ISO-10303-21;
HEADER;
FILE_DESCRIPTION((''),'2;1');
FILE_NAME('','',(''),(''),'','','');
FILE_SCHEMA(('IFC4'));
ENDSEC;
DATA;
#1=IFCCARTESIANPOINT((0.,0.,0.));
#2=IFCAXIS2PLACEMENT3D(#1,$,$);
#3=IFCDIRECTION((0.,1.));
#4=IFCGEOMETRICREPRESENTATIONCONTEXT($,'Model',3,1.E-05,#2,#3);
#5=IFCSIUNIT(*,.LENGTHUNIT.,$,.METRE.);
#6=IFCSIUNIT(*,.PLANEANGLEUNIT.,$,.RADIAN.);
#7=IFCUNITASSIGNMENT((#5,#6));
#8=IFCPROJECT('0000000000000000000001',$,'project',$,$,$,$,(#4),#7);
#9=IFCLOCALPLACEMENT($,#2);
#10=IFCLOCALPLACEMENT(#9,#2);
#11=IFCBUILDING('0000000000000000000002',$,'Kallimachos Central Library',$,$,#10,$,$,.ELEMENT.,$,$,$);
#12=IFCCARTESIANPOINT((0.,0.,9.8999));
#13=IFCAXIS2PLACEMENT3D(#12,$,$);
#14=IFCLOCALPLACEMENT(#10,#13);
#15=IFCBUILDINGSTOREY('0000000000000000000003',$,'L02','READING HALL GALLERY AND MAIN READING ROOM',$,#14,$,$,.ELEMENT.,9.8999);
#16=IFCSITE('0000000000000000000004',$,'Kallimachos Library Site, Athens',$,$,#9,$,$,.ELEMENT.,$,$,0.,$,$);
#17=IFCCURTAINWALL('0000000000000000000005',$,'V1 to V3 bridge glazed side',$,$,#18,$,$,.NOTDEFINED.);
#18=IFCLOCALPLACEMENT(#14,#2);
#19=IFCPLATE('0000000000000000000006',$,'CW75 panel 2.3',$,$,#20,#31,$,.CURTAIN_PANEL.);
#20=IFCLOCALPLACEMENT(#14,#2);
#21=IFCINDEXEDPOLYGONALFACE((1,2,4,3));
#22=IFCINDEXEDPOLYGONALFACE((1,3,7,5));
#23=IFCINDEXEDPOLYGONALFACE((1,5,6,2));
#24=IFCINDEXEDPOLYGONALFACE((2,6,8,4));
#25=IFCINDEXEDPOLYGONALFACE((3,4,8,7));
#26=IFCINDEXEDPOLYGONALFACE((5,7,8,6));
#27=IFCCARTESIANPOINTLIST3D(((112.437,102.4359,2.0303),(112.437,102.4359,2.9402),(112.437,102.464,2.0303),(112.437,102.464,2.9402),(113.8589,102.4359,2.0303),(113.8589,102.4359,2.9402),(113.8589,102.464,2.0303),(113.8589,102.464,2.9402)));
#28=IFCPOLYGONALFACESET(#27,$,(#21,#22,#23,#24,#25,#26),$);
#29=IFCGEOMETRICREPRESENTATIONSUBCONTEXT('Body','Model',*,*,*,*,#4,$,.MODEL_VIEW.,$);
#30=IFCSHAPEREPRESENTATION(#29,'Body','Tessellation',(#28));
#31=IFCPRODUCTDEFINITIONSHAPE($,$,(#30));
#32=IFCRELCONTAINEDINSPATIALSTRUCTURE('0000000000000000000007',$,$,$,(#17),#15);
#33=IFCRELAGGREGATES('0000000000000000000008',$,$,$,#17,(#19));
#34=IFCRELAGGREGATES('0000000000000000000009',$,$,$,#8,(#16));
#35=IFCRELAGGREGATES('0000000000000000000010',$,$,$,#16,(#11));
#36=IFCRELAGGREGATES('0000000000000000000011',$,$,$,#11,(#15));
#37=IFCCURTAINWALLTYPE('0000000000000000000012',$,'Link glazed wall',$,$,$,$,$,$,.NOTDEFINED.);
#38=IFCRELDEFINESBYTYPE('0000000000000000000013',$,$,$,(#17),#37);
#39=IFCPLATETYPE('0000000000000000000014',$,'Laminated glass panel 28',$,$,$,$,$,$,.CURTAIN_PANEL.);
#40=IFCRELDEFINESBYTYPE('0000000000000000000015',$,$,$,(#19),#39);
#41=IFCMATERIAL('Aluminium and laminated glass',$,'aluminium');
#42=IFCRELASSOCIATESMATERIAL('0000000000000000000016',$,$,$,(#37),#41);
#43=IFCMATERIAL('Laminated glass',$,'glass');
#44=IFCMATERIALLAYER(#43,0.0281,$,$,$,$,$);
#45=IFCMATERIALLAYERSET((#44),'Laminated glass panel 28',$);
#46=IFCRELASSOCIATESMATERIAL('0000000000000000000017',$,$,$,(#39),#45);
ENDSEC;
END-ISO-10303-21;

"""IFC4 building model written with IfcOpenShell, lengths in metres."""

from ifc_helpers import new_model, si_unit, direction, frame, origin, origin_2d, place, context, subcontext, project, spatial, rectangle, extrude, material, layer, layer_set, type_object, element, aggregate, save


model = new_model("IFC4")

# Units and contexts
model_context = context("Model", 3, precision=1e-05, world=origin(), true_north=direction((0.0, 1.0)))
body_context = subcontext(model_context, "Body", "Model", "MODEL_VIEW")
ifc_project = project(units=[si_unit("LENGTHUNIT", "METRE"), si_unit("PLANEANGLEUNIT", "RADIAN")], contexts=[model_context])

# Site, building, storey
site_placement = place(None, origin())
site = spatial("IfcSite", under=ifc_project, at=site_placement, Name="Kallimachos Library Site, Athens", CompositionType="ELEMENT", RefElevation=0.0)
building_placement = place(site_placement, origin())
building = spatial("IfcBuilding", under=site, at=building_placement, Name="Kallimachos Central Library", CompositionType="ELEMENT")
storey_placement = place(building_placement, frame((0.0, 0.0, 9.8999)))
storey = spatial("IfcBuildingStorey", under=building, at=storey_placement, Name="L02", Description="READING HALL GALLERY AND MAIN READING ROOM", CompositionType="ELEMENT", Elevation=9.8999)

# Shared definitions
ifc_material_1 = material(Name="Aluminium and laminated glass", Category="aluminium")
curtain_wall_type = type_object("IfcCurtainWallType", Name="Link glazed wall", PredefinedType="NOTDEFINED", material=ifc_material_1)

# Curtain wall
curtain_wall_1_placement = place(storey_placement, origin())
curtain_wall_1 = element("IfcCurtainWall", 1, at=curtain_wall_1_placement, inside=storey, type_object=curtain_wall_type, Name="V1 to V3 bridge glazed side", PredefinedType="NOTDEFINED")

# Plate
ifc_material_2 = material(Name="Laminated glass", Category="glass")
ifc_layer = layer(ifc_material_2, 0.0281)
ifc_layer_set = layer_set([ifc_layer], Name="Laminated glass panel 28")
plate_type = type_object("IfcPlateType", Name="Laminated glass panel 28", PredefinedType="CURTAIN_PANEL", material=ifc_layer_set)
plate_1_placement = place(storey_placement, frame((113.1479, 102.45, 2.0303), z_axis=(0.0, 0.0, 1.0), x_axis=(1.0, 0.0, 0.0)))
plate_1 = element("IfcPlate", 2, at=plate_1_placement, type_object=plate_type, Name="CW75 panel 2.3", PredefinedType="CURTAIN_PANEL", context=body_context, shape_type="SweptSolid", body=[
    extrude(rectangle(XDim=1.4219, YDim=0.0281, at=origin_2d()), origin(), (0.0, 0.0, 1.0), 0.9099),
])
aggregate(curtain_wall_1, [plate_1])

save(model, "model.ifc")
